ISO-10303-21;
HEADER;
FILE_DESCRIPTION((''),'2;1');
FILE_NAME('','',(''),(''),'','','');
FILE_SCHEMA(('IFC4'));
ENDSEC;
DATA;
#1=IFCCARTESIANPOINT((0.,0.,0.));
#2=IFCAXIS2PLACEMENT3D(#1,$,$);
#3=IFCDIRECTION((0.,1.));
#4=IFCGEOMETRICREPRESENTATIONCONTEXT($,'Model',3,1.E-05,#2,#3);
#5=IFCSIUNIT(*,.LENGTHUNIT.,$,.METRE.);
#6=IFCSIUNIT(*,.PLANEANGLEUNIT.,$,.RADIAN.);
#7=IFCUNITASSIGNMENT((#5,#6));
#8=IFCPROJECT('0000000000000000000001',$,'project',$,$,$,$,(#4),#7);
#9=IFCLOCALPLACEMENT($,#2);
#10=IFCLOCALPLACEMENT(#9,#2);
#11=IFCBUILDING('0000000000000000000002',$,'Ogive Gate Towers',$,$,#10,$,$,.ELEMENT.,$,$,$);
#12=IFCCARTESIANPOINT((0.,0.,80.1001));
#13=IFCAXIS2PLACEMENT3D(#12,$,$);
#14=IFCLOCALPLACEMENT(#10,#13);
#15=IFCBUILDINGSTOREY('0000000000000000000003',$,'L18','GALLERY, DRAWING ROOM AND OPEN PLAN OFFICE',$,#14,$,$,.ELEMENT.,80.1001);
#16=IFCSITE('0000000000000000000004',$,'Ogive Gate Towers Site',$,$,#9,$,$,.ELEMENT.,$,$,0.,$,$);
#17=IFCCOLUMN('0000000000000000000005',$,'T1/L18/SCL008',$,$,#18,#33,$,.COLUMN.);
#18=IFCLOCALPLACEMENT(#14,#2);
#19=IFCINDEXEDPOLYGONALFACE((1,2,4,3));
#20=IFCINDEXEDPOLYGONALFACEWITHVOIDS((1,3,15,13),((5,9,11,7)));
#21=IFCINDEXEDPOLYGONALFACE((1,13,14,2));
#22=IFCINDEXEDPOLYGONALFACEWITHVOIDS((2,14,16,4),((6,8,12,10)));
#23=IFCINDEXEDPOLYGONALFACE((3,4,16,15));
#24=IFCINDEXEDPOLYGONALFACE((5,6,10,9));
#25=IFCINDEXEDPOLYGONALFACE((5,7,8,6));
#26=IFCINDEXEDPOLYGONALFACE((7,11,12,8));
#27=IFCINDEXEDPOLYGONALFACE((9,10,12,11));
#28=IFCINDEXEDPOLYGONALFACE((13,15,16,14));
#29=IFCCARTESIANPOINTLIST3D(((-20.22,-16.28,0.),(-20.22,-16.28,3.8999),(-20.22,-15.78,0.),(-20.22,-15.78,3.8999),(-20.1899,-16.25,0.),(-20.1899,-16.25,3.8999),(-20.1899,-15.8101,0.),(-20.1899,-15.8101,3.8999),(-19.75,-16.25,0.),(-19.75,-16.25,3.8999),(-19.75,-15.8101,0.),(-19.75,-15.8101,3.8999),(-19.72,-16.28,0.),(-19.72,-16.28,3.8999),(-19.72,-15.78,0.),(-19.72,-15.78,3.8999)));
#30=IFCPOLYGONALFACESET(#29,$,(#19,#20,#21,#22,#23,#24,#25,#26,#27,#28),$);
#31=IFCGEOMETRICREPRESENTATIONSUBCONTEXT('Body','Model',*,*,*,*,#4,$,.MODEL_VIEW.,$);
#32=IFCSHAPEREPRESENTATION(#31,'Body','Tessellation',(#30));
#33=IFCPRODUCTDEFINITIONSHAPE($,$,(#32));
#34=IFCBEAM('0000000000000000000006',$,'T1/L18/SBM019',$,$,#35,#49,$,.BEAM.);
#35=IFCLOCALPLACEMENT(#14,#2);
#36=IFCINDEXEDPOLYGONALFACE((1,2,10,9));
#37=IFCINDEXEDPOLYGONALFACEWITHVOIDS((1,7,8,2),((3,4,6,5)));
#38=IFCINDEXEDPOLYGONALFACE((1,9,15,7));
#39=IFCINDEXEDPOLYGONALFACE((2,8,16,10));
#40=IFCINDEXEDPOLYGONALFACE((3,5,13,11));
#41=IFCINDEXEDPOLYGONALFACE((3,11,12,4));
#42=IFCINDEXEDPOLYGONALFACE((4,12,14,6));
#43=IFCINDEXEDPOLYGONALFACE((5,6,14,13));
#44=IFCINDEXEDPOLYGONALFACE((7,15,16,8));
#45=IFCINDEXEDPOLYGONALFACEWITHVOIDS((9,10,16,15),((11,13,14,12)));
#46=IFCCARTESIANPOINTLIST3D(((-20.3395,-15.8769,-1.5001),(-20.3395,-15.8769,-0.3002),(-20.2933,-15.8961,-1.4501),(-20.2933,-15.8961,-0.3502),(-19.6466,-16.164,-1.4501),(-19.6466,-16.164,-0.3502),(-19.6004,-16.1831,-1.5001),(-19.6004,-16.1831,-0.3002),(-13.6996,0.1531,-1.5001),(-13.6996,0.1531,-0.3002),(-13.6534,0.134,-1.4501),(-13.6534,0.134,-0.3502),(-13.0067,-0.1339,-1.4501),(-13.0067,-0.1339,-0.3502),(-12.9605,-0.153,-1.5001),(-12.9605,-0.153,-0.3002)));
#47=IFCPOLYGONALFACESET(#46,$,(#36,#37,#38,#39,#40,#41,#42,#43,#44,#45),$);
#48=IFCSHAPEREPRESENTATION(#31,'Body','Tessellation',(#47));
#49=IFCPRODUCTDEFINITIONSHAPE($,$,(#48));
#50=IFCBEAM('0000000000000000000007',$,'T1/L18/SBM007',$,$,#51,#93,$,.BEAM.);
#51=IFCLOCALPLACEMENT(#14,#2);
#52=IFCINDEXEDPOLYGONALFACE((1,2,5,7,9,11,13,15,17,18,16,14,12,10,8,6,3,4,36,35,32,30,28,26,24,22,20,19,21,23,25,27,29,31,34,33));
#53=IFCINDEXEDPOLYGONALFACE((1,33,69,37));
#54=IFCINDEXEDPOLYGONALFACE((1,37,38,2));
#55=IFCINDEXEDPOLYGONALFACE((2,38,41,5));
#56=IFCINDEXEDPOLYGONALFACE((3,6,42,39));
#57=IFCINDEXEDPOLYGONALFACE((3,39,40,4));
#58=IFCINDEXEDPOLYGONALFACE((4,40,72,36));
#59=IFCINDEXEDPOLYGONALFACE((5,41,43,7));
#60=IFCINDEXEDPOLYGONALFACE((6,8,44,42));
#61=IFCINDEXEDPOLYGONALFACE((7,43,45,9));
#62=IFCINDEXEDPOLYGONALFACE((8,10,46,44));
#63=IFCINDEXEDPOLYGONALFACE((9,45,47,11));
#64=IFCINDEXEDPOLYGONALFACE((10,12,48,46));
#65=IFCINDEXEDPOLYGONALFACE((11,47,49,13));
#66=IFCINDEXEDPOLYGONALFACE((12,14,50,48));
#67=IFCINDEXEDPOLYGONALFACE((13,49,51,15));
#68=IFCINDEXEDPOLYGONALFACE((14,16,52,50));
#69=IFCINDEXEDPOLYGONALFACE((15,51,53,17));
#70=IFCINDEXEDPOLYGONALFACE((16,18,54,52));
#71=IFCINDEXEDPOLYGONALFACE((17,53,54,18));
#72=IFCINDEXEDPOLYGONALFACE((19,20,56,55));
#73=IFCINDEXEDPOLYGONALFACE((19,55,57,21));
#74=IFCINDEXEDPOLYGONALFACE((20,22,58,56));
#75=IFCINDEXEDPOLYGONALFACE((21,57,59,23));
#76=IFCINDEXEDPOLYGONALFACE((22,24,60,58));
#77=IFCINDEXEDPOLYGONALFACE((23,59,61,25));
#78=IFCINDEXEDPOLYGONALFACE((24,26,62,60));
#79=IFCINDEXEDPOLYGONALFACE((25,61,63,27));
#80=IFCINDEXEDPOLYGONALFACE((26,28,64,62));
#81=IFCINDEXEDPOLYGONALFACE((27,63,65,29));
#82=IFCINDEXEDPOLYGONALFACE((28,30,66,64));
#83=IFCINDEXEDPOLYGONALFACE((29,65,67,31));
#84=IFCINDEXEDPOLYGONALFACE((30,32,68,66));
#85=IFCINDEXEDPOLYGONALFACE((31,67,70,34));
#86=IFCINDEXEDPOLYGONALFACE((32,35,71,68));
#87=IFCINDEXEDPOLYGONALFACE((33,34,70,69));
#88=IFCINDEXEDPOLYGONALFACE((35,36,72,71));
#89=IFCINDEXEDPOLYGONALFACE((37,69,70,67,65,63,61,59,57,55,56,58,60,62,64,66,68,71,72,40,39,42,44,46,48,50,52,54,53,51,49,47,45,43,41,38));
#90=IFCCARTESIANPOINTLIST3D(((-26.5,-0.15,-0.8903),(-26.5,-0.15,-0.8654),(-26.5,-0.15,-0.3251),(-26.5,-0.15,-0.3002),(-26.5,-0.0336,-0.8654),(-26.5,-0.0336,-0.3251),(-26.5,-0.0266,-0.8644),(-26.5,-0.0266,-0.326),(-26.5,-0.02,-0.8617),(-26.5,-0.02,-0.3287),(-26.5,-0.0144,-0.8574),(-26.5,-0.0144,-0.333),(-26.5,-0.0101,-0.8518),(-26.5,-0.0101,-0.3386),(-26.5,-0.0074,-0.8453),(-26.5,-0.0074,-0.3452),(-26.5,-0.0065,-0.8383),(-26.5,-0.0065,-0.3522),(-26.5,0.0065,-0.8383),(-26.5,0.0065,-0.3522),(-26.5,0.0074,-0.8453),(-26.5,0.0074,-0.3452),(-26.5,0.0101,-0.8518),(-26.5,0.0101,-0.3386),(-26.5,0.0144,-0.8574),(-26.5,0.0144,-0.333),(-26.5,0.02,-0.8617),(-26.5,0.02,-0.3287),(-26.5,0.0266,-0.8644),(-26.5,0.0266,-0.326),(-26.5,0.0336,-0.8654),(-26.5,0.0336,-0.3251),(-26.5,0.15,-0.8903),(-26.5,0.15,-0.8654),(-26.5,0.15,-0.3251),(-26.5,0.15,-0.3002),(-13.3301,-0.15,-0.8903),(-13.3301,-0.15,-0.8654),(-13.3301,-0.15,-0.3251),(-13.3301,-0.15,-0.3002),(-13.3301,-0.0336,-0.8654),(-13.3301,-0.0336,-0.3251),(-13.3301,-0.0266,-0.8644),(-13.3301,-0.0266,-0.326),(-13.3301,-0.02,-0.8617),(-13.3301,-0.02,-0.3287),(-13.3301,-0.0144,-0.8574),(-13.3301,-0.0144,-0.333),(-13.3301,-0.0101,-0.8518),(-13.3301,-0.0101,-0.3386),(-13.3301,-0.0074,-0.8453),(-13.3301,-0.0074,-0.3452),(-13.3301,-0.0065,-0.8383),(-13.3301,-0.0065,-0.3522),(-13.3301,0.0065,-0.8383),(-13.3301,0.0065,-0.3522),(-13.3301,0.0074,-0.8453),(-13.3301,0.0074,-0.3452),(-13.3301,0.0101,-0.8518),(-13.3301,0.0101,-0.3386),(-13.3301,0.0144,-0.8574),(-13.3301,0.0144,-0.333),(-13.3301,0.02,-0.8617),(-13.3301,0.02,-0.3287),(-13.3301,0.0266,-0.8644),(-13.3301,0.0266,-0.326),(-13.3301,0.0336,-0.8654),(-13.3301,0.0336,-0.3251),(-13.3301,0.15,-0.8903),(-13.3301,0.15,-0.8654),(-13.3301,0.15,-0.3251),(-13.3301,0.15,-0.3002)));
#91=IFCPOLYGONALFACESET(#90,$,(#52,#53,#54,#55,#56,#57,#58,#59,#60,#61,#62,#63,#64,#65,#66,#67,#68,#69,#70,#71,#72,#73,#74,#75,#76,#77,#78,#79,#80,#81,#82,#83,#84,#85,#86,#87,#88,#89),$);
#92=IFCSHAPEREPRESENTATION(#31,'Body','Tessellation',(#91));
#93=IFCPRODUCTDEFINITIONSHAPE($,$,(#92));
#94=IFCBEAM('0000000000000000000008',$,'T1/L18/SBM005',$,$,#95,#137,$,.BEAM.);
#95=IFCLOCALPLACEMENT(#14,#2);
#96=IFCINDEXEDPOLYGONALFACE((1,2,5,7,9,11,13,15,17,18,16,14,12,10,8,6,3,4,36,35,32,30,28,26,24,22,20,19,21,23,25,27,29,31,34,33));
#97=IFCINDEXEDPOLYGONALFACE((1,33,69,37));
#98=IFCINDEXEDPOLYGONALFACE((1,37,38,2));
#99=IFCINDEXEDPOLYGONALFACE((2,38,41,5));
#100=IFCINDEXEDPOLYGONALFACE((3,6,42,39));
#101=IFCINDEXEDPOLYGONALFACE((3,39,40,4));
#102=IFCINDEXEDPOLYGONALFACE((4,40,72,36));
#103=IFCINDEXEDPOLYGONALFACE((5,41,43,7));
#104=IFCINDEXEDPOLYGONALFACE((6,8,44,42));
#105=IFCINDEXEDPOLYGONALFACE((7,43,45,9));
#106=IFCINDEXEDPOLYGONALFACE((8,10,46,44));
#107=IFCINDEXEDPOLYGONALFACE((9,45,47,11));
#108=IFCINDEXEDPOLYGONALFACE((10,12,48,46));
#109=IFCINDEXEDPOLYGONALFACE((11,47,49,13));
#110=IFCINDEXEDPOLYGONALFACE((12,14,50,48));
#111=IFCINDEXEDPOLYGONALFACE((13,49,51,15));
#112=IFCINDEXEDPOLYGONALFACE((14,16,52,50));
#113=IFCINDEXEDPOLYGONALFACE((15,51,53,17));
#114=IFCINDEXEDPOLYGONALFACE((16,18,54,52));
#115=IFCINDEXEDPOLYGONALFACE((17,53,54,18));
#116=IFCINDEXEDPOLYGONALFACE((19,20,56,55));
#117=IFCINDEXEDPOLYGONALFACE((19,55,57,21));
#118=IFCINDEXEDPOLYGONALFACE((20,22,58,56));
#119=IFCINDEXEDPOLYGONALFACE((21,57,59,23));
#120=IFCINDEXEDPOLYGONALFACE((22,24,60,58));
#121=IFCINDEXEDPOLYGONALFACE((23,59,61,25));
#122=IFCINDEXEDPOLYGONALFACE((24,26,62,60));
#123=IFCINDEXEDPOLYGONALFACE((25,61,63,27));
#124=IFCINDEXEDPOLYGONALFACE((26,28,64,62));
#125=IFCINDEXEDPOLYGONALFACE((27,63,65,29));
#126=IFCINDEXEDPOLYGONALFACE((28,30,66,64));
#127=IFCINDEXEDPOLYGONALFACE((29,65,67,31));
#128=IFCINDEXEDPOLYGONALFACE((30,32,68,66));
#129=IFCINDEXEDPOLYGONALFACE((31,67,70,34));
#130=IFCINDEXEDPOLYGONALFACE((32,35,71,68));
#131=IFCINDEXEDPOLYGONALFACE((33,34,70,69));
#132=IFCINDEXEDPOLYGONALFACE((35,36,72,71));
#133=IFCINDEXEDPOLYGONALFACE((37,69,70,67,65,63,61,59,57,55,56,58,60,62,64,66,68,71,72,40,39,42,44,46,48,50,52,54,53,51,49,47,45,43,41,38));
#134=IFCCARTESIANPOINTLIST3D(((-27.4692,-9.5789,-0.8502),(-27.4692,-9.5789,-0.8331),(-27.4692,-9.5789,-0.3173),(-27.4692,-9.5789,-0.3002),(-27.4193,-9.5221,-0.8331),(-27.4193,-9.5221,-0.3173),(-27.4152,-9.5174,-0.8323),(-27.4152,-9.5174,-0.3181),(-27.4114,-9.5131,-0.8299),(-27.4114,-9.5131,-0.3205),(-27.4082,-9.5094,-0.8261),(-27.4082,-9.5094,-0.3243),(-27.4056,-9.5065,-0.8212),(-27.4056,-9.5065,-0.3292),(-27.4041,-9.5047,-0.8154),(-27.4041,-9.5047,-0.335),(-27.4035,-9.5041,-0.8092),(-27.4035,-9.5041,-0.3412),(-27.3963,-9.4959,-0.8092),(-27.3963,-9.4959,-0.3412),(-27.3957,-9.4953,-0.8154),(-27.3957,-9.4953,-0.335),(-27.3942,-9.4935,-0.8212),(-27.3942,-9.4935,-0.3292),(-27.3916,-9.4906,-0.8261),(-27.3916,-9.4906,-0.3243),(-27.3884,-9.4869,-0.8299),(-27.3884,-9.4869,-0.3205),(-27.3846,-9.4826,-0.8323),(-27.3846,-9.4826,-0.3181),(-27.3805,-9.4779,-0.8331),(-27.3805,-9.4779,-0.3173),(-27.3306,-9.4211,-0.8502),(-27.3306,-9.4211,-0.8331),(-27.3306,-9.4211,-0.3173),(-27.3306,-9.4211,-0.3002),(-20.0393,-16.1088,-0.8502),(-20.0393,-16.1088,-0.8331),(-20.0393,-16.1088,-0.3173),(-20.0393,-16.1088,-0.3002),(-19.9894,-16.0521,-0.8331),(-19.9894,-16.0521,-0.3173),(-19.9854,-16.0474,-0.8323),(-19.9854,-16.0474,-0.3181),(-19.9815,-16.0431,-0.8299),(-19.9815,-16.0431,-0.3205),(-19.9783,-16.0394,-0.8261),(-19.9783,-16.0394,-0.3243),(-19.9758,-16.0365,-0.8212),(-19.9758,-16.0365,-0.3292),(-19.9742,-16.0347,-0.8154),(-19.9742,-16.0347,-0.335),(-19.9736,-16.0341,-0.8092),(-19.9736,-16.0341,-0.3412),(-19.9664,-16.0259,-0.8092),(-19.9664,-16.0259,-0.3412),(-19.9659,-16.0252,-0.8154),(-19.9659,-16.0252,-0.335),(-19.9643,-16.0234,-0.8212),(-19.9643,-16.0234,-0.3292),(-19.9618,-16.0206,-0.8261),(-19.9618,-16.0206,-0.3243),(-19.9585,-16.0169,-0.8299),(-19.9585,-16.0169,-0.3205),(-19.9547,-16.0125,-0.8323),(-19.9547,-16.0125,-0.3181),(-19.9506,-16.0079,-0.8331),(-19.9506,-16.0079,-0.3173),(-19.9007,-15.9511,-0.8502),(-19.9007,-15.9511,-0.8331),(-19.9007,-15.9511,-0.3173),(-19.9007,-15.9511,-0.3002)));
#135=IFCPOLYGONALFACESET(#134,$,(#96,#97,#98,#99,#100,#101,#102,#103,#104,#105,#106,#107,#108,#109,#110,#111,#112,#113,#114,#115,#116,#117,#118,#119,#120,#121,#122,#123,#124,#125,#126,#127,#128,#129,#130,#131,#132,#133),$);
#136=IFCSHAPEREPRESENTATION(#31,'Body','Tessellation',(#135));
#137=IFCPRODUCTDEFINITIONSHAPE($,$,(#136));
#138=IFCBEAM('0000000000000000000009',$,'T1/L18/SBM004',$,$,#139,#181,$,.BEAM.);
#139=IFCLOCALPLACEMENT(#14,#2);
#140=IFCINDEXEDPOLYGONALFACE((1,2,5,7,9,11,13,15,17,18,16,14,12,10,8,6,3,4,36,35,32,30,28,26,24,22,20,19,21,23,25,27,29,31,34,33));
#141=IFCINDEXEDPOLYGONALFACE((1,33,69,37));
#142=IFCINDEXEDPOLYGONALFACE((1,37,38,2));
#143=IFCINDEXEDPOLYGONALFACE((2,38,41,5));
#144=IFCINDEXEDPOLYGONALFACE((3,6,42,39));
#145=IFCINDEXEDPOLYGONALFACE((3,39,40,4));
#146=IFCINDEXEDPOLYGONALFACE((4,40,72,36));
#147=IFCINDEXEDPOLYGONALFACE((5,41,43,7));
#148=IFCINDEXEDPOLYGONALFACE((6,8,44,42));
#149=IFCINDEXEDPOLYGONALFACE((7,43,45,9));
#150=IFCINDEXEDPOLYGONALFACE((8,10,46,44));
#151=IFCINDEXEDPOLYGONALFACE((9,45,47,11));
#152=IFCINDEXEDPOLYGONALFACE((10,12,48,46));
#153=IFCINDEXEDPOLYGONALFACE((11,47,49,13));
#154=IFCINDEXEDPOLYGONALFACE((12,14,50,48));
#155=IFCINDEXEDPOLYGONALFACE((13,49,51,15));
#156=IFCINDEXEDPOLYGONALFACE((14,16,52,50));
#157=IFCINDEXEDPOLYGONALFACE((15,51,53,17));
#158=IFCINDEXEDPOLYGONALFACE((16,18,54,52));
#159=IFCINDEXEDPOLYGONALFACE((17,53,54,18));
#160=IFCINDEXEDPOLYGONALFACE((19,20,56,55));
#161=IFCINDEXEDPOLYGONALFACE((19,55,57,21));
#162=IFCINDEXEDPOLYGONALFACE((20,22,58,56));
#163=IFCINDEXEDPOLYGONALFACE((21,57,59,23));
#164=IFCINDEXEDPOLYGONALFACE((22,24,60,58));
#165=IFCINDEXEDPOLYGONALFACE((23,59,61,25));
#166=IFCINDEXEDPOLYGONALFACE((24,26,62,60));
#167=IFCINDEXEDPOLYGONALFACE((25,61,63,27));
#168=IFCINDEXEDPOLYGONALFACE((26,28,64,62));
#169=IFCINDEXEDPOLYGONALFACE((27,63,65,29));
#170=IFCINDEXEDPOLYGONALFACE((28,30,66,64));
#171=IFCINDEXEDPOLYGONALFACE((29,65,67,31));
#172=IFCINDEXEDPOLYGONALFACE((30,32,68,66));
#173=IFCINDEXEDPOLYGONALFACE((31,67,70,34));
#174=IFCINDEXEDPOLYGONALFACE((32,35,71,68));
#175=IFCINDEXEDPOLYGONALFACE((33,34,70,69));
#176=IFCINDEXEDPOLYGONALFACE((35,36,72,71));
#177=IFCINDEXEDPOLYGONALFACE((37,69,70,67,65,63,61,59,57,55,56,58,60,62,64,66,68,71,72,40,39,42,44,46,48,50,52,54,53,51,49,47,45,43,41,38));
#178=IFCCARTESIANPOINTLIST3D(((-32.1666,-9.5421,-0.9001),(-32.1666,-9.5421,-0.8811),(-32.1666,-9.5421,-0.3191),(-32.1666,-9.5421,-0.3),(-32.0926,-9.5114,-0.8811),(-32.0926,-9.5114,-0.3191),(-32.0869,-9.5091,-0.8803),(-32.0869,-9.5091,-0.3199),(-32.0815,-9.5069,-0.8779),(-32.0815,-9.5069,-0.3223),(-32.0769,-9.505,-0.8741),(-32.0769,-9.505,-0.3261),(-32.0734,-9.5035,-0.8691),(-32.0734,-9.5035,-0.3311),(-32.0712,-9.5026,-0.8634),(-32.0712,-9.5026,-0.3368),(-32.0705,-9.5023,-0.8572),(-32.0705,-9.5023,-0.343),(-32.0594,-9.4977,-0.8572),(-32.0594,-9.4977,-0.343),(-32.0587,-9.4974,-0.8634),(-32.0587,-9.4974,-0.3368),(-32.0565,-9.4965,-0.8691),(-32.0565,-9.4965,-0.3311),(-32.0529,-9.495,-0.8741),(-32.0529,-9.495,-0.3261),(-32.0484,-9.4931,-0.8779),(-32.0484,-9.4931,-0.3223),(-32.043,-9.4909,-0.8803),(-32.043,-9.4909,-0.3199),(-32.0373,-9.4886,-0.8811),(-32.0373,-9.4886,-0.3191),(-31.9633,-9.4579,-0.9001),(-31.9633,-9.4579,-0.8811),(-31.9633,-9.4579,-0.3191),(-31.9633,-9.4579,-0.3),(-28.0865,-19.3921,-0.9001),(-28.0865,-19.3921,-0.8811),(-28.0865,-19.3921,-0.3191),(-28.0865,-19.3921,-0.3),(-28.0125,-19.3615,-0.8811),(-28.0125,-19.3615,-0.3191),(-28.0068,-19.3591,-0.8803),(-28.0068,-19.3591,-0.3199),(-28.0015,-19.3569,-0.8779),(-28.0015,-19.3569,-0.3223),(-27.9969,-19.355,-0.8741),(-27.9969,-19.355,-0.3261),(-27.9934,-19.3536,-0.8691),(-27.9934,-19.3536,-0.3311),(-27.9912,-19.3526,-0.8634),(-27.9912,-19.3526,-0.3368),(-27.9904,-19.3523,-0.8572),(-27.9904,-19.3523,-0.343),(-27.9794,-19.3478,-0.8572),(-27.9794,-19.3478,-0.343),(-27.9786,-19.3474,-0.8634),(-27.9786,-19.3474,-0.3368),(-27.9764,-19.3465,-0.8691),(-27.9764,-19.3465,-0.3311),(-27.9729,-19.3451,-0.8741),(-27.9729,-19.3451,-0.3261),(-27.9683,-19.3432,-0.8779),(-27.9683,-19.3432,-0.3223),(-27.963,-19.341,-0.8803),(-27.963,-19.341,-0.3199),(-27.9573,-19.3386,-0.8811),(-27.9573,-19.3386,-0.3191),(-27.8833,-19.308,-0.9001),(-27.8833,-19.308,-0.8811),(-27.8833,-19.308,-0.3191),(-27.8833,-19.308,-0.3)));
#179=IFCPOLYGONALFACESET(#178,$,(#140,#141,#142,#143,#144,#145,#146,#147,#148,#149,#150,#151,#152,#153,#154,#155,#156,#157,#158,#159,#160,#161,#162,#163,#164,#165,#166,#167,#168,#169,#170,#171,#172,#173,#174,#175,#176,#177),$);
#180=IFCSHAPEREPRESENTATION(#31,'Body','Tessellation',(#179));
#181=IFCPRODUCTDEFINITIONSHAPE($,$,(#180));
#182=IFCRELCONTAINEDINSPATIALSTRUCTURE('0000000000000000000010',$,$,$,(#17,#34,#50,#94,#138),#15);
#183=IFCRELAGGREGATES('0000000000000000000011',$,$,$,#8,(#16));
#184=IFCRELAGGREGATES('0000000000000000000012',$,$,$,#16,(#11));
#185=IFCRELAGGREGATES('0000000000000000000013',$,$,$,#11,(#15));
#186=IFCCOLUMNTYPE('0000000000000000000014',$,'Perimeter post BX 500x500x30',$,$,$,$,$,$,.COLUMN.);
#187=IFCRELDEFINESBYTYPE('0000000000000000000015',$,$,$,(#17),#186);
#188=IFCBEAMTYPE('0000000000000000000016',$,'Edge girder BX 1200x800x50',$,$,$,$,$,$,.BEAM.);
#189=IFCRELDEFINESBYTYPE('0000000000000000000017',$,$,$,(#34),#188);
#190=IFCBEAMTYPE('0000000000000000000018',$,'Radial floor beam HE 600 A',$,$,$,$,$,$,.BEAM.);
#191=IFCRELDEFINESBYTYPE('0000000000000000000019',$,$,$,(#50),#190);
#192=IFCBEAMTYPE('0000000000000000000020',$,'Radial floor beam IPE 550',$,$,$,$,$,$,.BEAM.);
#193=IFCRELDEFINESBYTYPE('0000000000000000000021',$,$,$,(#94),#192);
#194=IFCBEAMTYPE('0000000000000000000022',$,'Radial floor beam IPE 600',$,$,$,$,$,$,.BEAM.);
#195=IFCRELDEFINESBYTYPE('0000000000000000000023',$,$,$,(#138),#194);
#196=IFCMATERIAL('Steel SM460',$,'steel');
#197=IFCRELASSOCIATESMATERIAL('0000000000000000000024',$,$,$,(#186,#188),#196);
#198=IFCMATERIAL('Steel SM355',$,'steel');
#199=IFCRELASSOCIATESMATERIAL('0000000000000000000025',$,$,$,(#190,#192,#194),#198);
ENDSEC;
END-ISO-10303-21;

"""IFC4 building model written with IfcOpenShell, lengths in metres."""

from ifc_helpers import new_model, si_unit, direction, frame, origin, origin_2d, place, context, subcontext, project, spatial, hollow_rectangle, i_section, extrude, material, material_profile, profile_set, type_object, element, save


model = new_model("IFC4")

# Units and contexts
model_context = context("Model", 3, precision=1e-05, world=origin(), true_north=direction((0.0, 1.0)))
body_context = subcontext(model_context, "Body", "Model", "MODEL_VIEW")
ifc_project = project(units=[si_unit("LENGTHUNIT", "METRE"), si_unit("PLANEANGLEUNIT", "RADIAN")], contexts=[model_context])

# Site, building, storey
site_placement = place(None, origin())
site = spatial("IfcSite", under=ifc_project, at=site_placement, Name="Ogive Gate Towers Site", CompositionType="ELEMENT", RefElevation=0.0)
building_placement = place(site_placement, origin())
building = spatial("IfcBuilding", under=site, at=building_placement, Name="Ogive Gate Towers", CompositionType="ELEMENT")
storey_placement = place(building_placement, frame((0.0, 0.0, 80.1001)))
storey = spatial("IfcBuildingStorey", under=building, at=storey_placement, Name="L18", Description="GALLERY, DRAWING ROOM AND OPEN PLAN OFFICE", CompositionType="ELEMENT", Elevation=80.1001)

# Column
ifc_material_1 = material(Name="Steel SM460", Category="steel")
ifc_material_profile_1 = material_profile(ifc_material_1, hollow_rectangle(XDim=0.5, YDim=0.5, WallThickness=0.03, at=origin_2d()), Name="BX 500x500x30")
ifc_profile_set_1 = profile_set([ifc_material_profile_1], Name="Steel SM460")
column_type = type_object("IfcColumnType", Name="Perimeter post BX 500x500x30", PredefinedType="COLUMN", material=ifc_profile_set_1)
column_placement = place(storey_placement, frame((-19.97, -16.03, 0.0), z_axis=(0.0, 0.0, 1.0), x_axis=(1.0, 0.0, 0.0)))
element("IfcColumn", 1, at=column_placement, inside=storey, type_object=column_type, Name="T1/L18/SCL008", PredefinedType="COLUMN", context=body_context, shape_type="SweptSolid", body=[
    extrude(hollow_rectangle(XDim=0.5, YDim=0.5, WallThickness=0.03, at=origin_2d()), origin(), (0.0, 0.0, 1.0), 3.8999),
])

# Beams
ifc_material_profile_2 = material_profile(ifc_material_1, hollow_rectangle(XDim=0.8, YDim=1.2, WallThickness=0.05, at=origin_2d()), Name="BX 1200x800x50")
ifc_profile_set_2 = profile_set([ifc_material_profile_2], Name="Steel SM460")
beam_type_1 = type_object("IfcBeamType", Name="Edge girder BX 1200x800x50", PredefinedType="BEAM", material=ifc_profile_set_2)
beam_1_placement = place(storey_placement, frame((-19.97, -16.03, -0.9001), z_axis=(0.382685, 0.923879, 0.0), x_axis=(-0.923879, 0.382685, 0.0)))
element("IfcBeam", 2, at=beam_1_placement, inside=storey, type_object=beam_type_1, Name="T1/L18/SBM019", PredefinedType="BEAM", context=body_context, shape_type="SweptSolid", body=[
    extrude(hollow_rectangle(XDim=0.8, YDim=1.2, WallThickness=0.05, at=origin_2d()), origin(), (0.0, 0.0, 1.0), 17.3508),
])
ifc_material_2 = material(Name="Steel SM355", Category="steel")
ifc_material_profile_3 = material_profile(ifc_material_2, i_section(OverallWidth=0.3, OverallDepth=0.5901, WebThickness=0.0129, FlangeThickness=0.0249, FilletRadius=0.0271, at=origin_2d()), Name="HE 600 A")
ifc_profile_set_3 = profile_set([ifc_material_profile_3], Name="Steel SM355")
beam_type_2 = type_object("IfcBeamType", Name="Radial floor beam HE 600 A", PredefinedType="BEAM", material=ifc_profile_set_3)
beam_2_placement = place(storey_placement, frame((-26.5, 0.0, -0.5952), z_axis=(1.0, 0.0, 0.0), x_axis=(0.0, 1.0, 0.0)))
element("IfcBeam", 3, at=beam_2_placement, inside=storey, type_object=beam_type_2, Name="T1/L18/SBM007", PredefinedType="BEAM", context=body_context, shape_type="SweptSolid", body=[
    extrude(i_section(OverallWidth=0.3, OverallDepth=0.5901, WebThickness=0.0129, FlangeThickness=0.0249, FilletRadius=0.0271, at=origin_2d()), origin(), (0.0, 0.0, 1.0), 13.1699),
])
ifc_material_profile_4 = material_profile(ifc_material_2, i_section(OverallWidth=0.21, OverallDepth=0.55, WebThickness=0.011, FlangeThickness=0.0171, FilletRadius=0.0239, at=origin_2d()), Name="IPE 550")
ifc_profile_set_4 = profile_set([ifc_material_profile_4], Name="Steel SM355")
beam_type_3 = type_object("IfcBeamType", Name="Radial floor beam IPE 550", PredefinedType="BEAM", material=ifc_profile_set_4)
beam_3_placement = place(storey_placement, frame((-27.3999, -9.5, -0.5752), z_axis=(0.75113, -0.660154, 0.0), x_axis=(0.660154, 0.75113, 0.0)))
element("IfcBeam", 4, at=beam_3_placement, inside=storey, type_object=beam_type_3, Name="T1/L18/SBM005", PredefinedType="BEAM", context=body_context, shape_type="SweptSolid", body=[
    extrude(i_section(OverallWidth=0.21, OverallDepth=0.55, WebThickness=0.011, FlangeThickness=0.0171, FilletRadius=0.0239, at=origin_2d()), origin(), (0.0, 0.0, 1.0), 9.8916),
])
ifc_material_profile_5 = material_profile(ifc_material_2, i_section(OverallWidth=0.22, OverallDepth=0.6001, WebThickness=0.012, FlangeThickness=0.019, FilletRadius=0.0239, at=origin_2d()), Name="IPE 600")
ifc_profile_set_5 = profile_set([ifc_material_profile_5], Name="Steel SM355")
beam_type_4 = type_object("IfcBeamType", Name="Radial floor beam IPE 600", PredefinedType="BEAM", material=ifc_profile_set_5)
for number, where, z_axis, x_axis, name in (
    (5, (-32.0649, -9.5, -0.6001), (0.382686, -0.923878, 0.0), (0.923878, 0.382686, 0.0), "T1/L18/SBM004"),
):
    element("IfcBeam", number, at=place(storey_placement, frame(where, z_axis=z_axis, x_axis=x_axis)), inside=storey, type_object=beam_type_4, Name=name, PredefinedType="BEAM", context=body_context, shape_type="SweptSolid", body=[
        extrude(i_section(OverallWidth=0.22, OverallDepth=0.6001, WebThickness=0.012, FlangeThickness=0.019, FilletRadius=0.0239, at=origin_2d()), origin(), (0.0, 0.0, 1.0), 10.6616),
    ])

save(model, "model.ifc")
